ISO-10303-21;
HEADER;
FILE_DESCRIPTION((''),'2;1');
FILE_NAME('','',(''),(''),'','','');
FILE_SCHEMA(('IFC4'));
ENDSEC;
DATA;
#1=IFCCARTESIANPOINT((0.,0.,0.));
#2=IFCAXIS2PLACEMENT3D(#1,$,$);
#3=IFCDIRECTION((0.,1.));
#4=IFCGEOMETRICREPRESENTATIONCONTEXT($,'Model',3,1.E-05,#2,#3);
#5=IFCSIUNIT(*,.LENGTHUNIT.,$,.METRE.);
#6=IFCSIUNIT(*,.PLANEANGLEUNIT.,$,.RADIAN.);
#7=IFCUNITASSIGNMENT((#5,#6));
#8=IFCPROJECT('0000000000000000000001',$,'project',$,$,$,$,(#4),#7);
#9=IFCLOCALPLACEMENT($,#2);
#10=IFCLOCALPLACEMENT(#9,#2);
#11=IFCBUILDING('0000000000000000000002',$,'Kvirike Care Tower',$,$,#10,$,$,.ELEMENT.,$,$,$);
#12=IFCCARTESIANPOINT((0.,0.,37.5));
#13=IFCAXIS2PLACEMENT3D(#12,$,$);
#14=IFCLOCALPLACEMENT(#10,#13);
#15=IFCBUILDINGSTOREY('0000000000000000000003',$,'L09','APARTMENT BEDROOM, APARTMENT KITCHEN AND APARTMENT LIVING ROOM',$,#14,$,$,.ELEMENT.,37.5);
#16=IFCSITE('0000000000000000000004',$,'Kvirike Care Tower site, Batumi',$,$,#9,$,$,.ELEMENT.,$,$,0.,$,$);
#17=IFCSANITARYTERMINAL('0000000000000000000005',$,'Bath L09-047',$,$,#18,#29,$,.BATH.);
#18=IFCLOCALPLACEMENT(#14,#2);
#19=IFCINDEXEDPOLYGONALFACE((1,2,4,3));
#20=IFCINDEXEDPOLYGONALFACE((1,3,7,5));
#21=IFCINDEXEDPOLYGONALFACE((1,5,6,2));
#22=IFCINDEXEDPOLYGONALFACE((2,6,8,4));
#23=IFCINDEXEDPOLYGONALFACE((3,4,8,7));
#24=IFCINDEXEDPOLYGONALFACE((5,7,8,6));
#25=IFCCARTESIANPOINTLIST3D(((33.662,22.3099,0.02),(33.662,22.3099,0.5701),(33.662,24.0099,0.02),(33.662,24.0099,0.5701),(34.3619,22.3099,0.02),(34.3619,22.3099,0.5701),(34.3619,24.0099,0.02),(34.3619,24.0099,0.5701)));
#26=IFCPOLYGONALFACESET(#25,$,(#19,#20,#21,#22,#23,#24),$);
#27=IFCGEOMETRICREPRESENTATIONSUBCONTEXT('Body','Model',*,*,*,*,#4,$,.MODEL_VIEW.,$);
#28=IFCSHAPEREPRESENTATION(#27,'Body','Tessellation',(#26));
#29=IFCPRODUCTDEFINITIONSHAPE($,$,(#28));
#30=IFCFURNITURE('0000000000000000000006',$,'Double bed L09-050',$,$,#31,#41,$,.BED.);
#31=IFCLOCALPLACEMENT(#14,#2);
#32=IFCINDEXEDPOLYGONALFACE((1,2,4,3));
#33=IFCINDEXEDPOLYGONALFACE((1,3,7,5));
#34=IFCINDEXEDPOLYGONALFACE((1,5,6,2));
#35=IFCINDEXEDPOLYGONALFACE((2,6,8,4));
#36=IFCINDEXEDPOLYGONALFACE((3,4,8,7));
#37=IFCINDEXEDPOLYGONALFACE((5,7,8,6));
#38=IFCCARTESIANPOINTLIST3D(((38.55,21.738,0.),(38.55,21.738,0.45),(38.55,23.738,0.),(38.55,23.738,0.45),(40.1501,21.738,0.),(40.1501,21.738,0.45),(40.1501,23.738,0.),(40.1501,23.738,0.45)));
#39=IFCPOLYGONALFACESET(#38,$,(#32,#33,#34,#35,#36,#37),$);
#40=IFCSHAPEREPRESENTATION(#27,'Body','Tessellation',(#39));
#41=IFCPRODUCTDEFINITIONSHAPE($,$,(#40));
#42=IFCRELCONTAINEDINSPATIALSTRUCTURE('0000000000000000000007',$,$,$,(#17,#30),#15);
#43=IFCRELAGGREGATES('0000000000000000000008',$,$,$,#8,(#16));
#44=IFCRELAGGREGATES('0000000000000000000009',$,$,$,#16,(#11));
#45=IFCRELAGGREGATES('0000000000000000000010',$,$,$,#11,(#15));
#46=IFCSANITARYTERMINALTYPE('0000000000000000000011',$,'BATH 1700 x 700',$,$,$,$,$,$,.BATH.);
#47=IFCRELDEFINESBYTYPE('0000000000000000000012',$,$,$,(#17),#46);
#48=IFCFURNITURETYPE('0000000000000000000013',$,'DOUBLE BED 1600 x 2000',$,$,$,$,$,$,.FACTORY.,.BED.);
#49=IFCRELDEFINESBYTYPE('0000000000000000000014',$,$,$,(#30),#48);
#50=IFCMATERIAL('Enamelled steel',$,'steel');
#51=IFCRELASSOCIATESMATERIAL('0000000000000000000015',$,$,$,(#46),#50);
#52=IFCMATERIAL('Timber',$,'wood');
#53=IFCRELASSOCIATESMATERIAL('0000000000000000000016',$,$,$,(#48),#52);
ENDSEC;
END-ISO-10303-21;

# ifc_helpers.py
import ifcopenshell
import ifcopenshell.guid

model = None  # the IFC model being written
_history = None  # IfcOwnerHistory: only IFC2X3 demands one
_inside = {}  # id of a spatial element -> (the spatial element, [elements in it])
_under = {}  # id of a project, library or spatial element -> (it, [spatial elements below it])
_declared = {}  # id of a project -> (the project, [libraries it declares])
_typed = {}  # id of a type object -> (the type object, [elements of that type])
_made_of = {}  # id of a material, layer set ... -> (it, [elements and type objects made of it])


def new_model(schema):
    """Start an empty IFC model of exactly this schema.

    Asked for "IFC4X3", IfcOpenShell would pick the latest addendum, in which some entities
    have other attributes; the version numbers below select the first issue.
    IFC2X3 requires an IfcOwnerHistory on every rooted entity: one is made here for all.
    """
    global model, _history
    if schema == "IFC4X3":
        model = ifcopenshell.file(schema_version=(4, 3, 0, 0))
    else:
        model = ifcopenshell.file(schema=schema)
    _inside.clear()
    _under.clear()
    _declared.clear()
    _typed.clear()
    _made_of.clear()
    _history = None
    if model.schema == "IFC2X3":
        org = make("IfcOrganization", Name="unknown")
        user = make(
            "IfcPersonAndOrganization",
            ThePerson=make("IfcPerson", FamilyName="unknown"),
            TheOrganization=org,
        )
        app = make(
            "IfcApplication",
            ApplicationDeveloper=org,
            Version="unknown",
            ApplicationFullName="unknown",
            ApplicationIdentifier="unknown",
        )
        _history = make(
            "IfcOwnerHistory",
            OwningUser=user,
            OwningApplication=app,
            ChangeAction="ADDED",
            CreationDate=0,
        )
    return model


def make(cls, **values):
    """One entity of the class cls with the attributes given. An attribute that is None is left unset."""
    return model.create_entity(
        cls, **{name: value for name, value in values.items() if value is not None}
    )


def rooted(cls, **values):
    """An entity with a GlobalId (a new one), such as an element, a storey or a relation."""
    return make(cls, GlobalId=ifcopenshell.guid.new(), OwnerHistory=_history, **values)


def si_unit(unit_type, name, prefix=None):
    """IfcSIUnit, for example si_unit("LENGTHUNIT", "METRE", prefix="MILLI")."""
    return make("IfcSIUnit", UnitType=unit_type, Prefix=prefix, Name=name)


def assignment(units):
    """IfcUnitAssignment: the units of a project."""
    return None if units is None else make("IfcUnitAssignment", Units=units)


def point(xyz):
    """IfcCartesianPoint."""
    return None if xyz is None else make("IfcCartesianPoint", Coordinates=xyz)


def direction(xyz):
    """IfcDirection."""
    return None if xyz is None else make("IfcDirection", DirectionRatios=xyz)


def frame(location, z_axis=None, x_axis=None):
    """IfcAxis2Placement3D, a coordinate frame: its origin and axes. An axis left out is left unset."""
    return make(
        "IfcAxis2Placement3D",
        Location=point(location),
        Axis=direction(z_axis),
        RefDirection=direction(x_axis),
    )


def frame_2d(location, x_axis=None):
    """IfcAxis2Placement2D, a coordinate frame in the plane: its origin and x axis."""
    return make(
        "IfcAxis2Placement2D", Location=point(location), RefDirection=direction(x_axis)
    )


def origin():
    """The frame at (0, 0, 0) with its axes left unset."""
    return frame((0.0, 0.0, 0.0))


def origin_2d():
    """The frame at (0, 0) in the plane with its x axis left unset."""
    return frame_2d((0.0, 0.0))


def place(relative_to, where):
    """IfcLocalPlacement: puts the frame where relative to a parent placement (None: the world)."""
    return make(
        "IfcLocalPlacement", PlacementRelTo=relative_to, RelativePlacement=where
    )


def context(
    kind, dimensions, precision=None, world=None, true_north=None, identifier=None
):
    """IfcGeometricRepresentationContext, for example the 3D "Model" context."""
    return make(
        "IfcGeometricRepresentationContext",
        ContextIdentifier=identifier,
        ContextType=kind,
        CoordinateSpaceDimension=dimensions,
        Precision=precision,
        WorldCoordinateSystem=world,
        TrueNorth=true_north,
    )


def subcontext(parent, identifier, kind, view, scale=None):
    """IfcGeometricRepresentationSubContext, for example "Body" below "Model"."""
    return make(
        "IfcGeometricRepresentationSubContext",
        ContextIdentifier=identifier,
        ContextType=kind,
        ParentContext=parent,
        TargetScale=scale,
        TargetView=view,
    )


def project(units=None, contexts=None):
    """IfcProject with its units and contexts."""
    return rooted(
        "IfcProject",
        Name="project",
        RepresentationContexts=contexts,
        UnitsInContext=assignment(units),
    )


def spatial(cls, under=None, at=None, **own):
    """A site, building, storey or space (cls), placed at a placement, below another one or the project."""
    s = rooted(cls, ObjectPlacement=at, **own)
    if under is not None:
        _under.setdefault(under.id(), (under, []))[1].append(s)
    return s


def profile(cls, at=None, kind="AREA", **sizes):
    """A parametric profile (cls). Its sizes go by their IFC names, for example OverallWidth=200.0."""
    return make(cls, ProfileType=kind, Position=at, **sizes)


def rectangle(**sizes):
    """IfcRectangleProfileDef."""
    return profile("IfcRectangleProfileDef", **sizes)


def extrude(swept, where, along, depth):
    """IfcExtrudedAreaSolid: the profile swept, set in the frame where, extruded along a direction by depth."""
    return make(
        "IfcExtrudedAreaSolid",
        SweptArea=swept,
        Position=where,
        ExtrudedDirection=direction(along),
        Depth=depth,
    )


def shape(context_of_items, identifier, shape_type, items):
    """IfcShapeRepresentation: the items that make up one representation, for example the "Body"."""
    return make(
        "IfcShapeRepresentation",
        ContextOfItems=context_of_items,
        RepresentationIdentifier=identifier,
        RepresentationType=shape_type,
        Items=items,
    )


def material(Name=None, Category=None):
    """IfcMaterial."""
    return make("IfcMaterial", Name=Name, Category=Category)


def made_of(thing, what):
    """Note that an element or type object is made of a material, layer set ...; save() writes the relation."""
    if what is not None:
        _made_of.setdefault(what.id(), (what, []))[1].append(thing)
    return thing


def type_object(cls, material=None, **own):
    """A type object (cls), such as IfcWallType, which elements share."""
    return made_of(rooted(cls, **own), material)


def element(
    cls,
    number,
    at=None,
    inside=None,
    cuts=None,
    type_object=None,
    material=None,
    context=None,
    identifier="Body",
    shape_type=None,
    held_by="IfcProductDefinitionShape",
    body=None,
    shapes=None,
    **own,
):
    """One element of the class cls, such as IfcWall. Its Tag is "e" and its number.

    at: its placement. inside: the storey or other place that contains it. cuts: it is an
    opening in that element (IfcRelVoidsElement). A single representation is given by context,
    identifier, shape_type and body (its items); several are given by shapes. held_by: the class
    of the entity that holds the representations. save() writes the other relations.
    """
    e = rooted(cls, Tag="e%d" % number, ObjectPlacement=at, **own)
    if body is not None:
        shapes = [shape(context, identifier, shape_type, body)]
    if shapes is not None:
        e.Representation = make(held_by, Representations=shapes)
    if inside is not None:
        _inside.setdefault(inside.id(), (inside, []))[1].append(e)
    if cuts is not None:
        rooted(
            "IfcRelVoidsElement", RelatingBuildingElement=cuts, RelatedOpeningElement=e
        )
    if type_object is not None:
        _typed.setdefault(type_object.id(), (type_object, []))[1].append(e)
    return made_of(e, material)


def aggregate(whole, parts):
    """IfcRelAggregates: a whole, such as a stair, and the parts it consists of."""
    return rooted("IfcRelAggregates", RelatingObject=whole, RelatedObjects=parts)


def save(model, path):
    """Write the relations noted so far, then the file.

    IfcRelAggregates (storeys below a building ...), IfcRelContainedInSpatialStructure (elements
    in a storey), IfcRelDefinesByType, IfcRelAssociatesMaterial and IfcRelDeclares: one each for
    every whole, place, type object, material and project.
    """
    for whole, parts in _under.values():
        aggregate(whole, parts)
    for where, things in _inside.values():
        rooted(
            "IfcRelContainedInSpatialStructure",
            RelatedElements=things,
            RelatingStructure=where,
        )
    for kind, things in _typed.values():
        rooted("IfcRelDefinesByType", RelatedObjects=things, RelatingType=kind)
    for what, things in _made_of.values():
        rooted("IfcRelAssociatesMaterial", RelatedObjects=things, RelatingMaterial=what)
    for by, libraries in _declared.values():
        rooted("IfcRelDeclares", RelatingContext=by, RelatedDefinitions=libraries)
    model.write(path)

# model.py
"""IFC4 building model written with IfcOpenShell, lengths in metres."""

from ifc_helpers import new_model, si_unit, direction, frame, origin, origin_2d, place, context, subcontext, project, spatial, rectangle, extrude, material, type_object, element, save


model = new_model("IFC4")

# Units and contexts
model_context = context("Model", 3, precision=1e-05, world=origin(), true_north=direction((0.0, 1.0)))
body_context = subcontext(model_context, "Body", "Model", "MODEL_VIEW")
ifc_project = project(units=[si_unit("LENGTHUNIT", "METRE"), si_unit("PLANEANGLEUNIT", "RADIAN")], contexts=[model_context])

# Site, building, storey
site_placement = place(None, origin())
site = spatial("IfcSite", under=ifc_project, at=site_placement, Name="Kvirike Care Tower site, Batumi", CompositionType="ELEMENT", RefElevation=0.0)
building_placement = place(site_placement, origin())
building = spatial("IfcBuilding", under=site, at=building_placement, Name="Kvirike Care Tower", CompositionType="ELEMENT")
storey_placement = place(building_placement, frame((0.0, 0.0, 37.5)))
storey = spatial("IfcBuildingStorey", under=building, at=storey_placement, Name="L09", Description="APARTMENT BEDROOM, APARTMENT KITCHEN AND APARTMENT LIVING ROOM", CompositionType="ELEMENT", Elevation=37.5)

# Sanitary terminal
ifc_material_1 = material(Name="Enamelled steel", Category="steel")
sanitary_terminal_type = type_object("IfcSanitaryTerminalType", Name="BATH 1700 x 700", PredefinedType="BATH", material=ifc_material_1)
sanitary_terminal_placement = place(storey_placement, frame((34.012, 23.1599, 0.02), z_axis=(0.0, 0.0, 1.0), x_axis=(0.0, 1.0, 0.0)))
element("IfcSanitaryTerminal", 1, at=sanitary_terminal_placement, inside=storey, type_object=sanitary_terminal_type, Name="Bath L09-047", PredefinedType="BATH", context=body_context, shape_type="SweptSolid", body=[
    extrude(rectangle(XDim=1.7, YDim=0.7, at=origin_2d()), origin(), (0.0, 0.0, 1.0), 0.55),
])

# Furniture
ifc_material_2 = material(Name="Timber", Category="wood")
furniture_type = type_object("IfcFurnitureType", Name="DOUBLE BED 1600 x 2000", AssemblyPlace="FACTORY", PredefinedType="BED", material=ifc_material_2)
furniture_placement = place(storey_placement, frame((39.3501, 22.738, 0.0), z_axis=(0.0, 0.0, 1.0), x_axis=(1.0, 0.0, 0.0)))
element("IfcFurniture", 2, at=furniture_placement, inside=storey, type_object=furniture_type, Name="Double bed L09-050", PredefinedType="BED", context=body_context, shape_type="SweptSolid", body=[
    extrude(rectangle(XDim=1.6001, YDim=2.0, at=origin_2d()), origin(), (0.0, 0.0, 1.0), 0.45),
])

save(model, "model.ifc")
